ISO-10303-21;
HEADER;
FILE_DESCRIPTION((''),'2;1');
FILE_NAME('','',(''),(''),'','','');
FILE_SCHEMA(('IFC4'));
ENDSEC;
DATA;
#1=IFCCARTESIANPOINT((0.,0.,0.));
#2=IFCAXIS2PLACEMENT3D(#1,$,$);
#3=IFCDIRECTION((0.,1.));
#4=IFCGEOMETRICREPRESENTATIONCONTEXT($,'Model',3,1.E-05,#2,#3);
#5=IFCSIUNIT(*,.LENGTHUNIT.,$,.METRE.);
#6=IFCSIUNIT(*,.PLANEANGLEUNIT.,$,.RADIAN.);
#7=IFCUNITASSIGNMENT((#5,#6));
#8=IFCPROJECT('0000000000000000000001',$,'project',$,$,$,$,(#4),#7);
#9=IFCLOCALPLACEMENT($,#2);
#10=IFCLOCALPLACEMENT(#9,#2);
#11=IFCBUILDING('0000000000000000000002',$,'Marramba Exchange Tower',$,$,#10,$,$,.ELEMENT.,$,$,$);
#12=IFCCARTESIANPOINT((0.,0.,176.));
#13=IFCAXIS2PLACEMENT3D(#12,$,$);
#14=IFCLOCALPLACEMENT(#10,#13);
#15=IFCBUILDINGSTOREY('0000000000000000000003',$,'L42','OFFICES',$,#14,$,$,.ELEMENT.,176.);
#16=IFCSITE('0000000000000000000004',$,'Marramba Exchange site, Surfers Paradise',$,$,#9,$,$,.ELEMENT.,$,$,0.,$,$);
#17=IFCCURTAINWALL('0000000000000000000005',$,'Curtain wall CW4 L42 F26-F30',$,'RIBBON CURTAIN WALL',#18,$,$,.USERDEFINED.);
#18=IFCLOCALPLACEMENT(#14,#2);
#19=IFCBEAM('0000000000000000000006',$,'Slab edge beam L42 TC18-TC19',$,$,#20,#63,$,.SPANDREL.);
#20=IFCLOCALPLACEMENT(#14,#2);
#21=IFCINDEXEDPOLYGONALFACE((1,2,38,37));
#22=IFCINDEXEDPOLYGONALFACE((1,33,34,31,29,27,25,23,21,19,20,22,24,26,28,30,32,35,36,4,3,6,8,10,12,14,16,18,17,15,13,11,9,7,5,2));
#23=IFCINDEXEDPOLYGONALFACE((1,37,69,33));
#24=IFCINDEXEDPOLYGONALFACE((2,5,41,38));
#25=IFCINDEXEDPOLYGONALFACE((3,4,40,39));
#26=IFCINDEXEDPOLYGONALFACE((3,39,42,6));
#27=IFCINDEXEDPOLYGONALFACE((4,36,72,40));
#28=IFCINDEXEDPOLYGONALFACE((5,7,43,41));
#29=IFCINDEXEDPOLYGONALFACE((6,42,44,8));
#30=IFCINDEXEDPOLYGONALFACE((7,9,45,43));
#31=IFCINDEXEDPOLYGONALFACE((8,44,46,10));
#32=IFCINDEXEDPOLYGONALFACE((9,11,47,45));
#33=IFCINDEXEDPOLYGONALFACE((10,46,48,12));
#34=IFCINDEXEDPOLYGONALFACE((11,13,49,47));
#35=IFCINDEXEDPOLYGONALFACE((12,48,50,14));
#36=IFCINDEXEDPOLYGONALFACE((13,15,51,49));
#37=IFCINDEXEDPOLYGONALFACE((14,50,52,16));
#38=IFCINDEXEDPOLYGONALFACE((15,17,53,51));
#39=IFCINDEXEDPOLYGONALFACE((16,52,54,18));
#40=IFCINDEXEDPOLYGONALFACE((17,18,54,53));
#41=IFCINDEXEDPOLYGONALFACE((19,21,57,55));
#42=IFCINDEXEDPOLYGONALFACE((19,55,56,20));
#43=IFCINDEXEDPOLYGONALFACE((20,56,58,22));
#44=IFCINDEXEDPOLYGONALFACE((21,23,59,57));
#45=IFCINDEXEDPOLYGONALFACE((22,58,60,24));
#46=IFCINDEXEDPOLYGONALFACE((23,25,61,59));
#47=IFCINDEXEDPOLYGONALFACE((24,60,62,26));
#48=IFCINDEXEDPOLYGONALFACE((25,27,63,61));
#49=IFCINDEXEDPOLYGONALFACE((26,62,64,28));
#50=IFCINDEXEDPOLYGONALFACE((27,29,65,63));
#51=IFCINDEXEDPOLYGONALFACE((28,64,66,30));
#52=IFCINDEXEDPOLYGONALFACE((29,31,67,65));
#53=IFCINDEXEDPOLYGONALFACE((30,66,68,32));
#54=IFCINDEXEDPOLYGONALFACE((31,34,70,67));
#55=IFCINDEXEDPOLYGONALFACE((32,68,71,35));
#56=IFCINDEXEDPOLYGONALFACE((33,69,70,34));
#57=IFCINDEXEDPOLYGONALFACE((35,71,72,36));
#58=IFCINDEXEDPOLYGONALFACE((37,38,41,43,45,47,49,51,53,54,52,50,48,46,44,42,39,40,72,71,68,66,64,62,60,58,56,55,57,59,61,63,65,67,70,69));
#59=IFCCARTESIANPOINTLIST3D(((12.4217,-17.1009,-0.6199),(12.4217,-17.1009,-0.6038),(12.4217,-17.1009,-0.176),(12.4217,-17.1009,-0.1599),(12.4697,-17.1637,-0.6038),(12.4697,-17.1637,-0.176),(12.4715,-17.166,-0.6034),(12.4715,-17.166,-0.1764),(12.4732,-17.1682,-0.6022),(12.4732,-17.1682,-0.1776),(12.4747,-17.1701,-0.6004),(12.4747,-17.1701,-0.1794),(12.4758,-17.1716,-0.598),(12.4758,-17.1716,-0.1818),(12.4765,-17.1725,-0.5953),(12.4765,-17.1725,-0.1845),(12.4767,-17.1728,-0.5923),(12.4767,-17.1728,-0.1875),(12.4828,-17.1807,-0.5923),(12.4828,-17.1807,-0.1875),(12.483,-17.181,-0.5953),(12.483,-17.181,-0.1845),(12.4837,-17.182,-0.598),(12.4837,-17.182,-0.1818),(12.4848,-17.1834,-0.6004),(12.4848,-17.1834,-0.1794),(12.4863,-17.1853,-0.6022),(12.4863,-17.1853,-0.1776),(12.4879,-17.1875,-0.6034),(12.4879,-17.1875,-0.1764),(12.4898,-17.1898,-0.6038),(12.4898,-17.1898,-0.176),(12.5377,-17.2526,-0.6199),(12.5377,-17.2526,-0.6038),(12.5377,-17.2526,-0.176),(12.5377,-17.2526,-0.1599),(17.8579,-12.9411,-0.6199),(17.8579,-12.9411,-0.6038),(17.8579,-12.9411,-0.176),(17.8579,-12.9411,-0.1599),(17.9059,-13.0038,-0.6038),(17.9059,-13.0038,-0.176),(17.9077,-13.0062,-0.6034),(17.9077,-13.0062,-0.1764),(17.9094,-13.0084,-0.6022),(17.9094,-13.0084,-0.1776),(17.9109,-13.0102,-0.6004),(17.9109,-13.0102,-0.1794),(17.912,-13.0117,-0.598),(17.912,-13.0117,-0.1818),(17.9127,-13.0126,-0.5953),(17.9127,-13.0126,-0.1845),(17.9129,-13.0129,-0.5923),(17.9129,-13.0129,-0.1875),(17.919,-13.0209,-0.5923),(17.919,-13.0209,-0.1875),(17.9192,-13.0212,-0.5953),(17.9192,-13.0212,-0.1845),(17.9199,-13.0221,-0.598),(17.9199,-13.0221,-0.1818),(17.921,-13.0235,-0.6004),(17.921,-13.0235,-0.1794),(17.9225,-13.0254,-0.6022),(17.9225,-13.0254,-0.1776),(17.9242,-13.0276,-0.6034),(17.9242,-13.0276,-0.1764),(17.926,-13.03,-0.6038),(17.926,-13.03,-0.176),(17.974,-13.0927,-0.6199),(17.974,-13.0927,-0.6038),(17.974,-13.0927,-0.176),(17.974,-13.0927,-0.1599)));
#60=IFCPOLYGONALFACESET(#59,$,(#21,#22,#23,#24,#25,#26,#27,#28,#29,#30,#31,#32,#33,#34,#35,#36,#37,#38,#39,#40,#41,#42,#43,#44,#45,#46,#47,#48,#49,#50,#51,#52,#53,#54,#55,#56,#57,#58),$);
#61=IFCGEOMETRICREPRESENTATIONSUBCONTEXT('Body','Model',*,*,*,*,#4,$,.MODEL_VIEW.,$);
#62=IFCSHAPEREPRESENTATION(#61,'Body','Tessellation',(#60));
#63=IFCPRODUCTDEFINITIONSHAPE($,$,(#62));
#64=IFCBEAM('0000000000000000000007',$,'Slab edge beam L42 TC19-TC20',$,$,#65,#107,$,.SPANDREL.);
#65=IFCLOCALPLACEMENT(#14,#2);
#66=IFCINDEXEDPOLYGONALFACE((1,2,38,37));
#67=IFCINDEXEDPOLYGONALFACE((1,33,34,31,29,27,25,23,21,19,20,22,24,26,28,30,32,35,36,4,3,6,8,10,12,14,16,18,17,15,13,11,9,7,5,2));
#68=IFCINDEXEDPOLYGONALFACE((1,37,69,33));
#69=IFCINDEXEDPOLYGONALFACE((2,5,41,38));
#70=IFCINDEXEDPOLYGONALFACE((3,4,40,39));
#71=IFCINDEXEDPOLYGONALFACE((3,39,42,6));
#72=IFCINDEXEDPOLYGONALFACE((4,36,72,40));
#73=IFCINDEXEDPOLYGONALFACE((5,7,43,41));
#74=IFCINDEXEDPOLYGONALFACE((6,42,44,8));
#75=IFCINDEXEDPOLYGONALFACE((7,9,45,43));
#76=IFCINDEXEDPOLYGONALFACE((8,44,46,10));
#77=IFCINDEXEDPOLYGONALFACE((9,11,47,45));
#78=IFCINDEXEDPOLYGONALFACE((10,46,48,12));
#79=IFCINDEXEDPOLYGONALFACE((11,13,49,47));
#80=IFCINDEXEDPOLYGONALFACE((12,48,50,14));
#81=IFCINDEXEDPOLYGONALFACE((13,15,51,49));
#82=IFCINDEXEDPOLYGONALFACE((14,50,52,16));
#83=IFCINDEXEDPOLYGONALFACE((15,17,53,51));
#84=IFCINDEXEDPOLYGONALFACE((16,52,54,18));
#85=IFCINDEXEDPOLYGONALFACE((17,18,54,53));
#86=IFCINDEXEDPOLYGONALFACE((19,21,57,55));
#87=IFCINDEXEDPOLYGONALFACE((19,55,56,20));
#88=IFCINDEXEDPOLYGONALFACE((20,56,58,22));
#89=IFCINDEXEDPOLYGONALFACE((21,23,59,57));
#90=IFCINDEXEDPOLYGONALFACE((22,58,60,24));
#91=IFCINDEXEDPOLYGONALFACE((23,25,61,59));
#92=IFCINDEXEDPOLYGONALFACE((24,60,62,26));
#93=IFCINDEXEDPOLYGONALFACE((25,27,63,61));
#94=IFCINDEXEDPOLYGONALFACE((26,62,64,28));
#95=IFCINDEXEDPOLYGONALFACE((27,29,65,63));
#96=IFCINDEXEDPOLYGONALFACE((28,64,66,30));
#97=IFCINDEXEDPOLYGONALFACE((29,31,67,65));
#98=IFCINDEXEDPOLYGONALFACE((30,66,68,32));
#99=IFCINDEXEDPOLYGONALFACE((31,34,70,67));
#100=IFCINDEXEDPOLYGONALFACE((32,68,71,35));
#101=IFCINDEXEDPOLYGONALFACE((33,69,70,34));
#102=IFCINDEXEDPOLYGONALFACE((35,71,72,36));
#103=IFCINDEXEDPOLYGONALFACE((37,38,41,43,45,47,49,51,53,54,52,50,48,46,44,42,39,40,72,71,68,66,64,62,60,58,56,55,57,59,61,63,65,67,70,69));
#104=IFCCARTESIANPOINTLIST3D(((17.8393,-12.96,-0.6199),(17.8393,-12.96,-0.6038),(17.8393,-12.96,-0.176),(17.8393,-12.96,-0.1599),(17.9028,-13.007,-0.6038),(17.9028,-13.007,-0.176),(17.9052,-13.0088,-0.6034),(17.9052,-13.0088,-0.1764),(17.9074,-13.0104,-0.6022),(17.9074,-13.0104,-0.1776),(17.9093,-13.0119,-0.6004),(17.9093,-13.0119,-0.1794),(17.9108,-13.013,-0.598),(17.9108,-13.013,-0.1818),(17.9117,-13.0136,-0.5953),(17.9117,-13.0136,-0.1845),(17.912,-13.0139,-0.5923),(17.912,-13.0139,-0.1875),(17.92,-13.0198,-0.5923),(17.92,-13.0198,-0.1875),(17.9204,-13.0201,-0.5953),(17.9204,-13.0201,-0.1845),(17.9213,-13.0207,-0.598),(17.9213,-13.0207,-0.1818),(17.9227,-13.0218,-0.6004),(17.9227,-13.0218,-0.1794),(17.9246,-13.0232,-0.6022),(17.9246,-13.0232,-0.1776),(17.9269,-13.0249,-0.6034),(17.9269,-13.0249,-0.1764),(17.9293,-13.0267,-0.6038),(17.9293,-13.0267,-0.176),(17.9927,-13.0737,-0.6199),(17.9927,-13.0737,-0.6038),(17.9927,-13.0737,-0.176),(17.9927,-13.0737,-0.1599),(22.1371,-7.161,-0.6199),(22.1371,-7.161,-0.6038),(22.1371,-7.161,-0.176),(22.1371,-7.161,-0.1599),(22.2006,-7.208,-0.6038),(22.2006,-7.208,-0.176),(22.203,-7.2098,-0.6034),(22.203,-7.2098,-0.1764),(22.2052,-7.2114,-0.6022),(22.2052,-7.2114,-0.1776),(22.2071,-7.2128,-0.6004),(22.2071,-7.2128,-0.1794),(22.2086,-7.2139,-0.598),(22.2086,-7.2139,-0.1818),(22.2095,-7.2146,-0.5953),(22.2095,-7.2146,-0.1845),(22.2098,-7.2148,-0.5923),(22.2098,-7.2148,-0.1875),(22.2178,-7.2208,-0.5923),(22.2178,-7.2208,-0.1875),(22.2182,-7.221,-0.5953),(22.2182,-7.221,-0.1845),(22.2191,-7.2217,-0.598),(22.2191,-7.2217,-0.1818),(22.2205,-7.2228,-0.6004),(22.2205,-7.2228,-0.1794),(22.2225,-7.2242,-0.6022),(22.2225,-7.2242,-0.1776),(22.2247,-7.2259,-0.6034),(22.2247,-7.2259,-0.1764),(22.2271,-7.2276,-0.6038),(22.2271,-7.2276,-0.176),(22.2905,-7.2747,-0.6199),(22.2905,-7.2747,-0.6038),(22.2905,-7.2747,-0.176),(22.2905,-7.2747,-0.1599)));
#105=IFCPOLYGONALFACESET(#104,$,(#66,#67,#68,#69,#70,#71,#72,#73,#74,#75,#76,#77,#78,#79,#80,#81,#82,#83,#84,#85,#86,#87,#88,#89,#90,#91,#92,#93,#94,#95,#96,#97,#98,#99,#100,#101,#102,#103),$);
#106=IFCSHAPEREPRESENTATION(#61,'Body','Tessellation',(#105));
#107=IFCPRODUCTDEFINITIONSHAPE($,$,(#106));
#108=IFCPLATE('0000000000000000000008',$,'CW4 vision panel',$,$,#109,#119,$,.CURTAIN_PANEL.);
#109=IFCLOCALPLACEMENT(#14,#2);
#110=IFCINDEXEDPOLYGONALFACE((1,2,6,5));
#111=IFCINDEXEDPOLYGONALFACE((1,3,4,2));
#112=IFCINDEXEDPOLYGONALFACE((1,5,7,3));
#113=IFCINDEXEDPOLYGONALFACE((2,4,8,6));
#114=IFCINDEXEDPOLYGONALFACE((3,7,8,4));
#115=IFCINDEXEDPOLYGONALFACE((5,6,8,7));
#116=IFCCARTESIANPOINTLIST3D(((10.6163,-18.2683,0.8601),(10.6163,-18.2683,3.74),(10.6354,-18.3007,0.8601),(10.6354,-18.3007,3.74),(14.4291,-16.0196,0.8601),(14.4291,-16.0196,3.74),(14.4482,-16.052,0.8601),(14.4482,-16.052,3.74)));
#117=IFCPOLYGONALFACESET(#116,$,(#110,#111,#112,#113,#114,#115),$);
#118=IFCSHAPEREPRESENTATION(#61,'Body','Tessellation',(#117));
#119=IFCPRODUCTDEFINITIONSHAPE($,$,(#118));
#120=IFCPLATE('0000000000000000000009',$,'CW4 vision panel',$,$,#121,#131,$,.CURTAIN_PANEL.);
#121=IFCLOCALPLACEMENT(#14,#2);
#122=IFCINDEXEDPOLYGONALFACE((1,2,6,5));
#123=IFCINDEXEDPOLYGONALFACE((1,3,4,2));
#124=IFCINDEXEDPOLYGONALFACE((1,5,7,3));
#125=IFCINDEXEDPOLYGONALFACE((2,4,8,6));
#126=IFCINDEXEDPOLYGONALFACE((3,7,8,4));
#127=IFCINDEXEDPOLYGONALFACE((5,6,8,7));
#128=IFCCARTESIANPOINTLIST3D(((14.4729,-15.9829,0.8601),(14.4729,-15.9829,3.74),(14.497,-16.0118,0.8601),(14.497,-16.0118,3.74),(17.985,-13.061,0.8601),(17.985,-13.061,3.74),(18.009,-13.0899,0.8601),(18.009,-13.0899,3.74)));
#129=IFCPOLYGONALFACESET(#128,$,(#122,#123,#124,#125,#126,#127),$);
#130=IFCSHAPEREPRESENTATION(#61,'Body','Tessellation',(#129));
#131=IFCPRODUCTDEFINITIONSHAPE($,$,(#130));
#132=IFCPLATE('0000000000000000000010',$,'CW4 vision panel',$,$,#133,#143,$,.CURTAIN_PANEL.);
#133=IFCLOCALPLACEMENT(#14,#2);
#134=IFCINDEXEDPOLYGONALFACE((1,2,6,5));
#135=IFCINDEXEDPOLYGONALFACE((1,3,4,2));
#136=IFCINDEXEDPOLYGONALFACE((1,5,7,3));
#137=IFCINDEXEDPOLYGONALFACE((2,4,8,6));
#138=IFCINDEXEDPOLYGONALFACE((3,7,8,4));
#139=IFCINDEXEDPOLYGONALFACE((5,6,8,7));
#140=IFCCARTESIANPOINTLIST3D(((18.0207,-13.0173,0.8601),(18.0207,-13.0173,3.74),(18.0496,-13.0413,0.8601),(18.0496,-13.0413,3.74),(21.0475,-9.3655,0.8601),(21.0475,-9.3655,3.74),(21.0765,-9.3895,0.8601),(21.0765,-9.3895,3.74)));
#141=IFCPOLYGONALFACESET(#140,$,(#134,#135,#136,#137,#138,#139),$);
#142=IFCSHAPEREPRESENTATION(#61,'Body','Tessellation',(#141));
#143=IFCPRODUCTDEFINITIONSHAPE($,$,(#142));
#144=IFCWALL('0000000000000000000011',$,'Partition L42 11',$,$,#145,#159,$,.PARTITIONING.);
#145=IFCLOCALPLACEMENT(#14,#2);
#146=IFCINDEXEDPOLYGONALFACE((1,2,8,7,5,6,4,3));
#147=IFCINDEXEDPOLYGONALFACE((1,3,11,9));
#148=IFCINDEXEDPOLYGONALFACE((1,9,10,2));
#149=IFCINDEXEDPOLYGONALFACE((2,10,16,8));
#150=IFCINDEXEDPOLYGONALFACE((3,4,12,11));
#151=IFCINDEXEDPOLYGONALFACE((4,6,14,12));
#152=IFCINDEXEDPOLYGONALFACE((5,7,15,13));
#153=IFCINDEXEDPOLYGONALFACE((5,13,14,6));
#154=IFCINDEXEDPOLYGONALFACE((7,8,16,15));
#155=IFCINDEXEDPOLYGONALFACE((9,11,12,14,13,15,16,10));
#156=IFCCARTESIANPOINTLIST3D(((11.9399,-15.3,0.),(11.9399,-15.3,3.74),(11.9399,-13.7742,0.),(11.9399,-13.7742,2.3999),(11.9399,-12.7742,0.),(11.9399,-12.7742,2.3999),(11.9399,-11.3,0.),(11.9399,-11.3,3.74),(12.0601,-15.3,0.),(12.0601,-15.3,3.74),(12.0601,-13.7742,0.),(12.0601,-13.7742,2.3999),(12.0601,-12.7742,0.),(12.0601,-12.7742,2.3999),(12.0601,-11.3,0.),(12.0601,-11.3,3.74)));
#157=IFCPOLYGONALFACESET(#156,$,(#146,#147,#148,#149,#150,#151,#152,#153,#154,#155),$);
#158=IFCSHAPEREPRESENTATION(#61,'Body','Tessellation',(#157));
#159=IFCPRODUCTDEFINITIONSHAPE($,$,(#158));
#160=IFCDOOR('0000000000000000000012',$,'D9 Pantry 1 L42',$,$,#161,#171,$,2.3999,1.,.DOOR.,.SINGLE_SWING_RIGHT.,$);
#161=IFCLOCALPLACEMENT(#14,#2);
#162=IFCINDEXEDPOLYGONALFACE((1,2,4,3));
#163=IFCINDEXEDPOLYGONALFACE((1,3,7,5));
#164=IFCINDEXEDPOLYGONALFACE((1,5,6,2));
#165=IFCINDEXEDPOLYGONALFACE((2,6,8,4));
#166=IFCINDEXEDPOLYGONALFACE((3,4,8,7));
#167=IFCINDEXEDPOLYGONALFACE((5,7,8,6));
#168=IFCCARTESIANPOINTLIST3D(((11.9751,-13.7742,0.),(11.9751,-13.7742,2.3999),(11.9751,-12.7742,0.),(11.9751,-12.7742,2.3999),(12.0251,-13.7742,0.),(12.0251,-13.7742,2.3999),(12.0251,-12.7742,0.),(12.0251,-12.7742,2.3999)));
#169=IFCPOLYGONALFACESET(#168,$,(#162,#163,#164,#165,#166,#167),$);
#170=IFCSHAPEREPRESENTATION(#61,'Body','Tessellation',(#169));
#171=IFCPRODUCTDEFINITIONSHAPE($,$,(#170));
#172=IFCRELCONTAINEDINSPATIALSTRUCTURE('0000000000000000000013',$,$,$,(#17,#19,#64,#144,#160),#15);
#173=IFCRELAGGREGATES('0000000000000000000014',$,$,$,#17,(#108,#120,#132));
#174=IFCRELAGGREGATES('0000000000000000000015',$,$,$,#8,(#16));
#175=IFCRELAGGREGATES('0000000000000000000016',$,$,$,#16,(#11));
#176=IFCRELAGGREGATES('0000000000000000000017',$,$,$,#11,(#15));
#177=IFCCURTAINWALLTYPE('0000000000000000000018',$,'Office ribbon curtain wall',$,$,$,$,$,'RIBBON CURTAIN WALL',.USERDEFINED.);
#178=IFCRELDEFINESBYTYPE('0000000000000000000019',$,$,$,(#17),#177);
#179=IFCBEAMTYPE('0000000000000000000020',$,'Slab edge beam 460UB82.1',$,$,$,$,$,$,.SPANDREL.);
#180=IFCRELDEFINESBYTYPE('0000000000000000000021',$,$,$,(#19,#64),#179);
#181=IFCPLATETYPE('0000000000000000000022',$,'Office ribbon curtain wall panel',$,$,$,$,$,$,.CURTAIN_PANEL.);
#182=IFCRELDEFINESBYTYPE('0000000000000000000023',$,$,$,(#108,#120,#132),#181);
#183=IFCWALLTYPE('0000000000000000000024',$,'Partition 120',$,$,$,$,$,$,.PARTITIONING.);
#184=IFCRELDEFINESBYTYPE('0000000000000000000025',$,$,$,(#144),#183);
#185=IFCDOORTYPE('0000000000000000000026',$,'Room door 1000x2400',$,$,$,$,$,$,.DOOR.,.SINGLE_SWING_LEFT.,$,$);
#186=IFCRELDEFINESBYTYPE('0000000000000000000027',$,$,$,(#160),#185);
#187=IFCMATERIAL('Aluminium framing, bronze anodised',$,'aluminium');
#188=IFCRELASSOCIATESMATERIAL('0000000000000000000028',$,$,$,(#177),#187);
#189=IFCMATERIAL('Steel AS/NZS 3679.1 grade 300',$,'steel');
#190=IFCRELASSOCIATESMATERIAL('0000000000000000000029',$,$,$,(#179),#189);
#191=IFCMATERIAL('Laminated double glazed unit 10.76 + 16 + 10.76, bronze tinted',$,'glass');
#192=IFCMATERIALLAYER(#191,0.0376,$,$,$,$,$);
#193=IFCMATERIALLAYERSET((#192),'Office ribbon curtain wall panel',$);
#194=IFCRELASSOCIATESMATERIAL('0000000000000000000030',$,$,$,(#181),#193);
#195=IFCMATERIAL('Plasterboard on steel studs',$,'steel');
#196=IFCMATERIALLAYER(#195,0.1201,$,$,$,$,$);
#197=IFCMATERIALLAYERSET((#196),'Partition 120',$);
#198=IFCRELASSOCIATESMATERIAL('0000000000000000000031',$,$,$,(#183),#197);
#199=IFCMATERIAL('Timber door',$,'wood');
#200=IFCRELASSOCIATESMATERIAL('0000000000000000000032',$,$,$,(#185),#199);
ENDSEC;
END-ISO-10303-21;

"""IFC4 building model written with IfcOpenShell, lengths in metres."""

from ifc_helpers import new_model, si_unit, direction, frame, frame_2d, origin, origin_2d, place, context, subcontext, project, spatial, rectangle, i_section, extrude, material, layer, layer_set, material_profile, profile_set, type_object, element, fill, aggregate, save


model = new_model("IFC4")

# Units and contexts
model_context = context("Model", 3, precision=1e-05, world=origin(), true_north=direction((0.0, 1.0)))
body_context = subcontext(model_context, "Body", "Model", "MODEL_VIEW")
ifc_project = project(units=[si_unit("LENGTHUNIT", "METRE"), si_unit("PLANEANGLEUNIT", "RADIAN")], contexts=[model_context])

# Site, building, storey
site_placement = place(None, origin())
site = spatial("IfcSite", under=ifc_project, at=site_placement, Name="Marramba Exchange site, Surfers Paradise", CompositionType="ELEMENT", RefElevation=0.0)
building_placement = place(site_placement, origin())
building = spatial("IfcBuilding", under=site, at=building_placement, Name="Marramba Exchange Tower", CompositionType="ELEMENT")
storey_placement = place(building_placement, frame((0.0, 0.0, 176.0)))
storey = spatial("IfcBuildingStorey", under=building, at=storey_placement, Name="L42", Description="OFFICES", CompositionType="ELEMENT", Elevation=176.0)

# Curtain wall
ifc_material_1 = material(Name="Aluminium framing, bronze anodised", Category="aluminium")
curtain_wall_type = type_object("IfcCurtainWallType", Name="Office ribbon curtain wall", ElementType="RIBBON CURTAIN WALL", PredefinedType="USERDEFINED", material=ifc_material_1)
curtain_wall_placement = place(storey_placement, origin())
curtain_wall = element("IfcCurtainWall", 1, at=curtain_wall_placement, inside=storey, type_object=curtain_wall_type, Name="Curtain wall CW4 L42 F26-F30", ObjectType="RIBBON CURTAIN WALL", PredefinedType="USERDEFINED")

# Beams
ifc_material_2 = material(Name="Steel AS/NZS 3679.1 grade 300", Category="steel")
ifc_material_profile_1 = material_profile(ifc_material_2, i_section(OverallWidth=0.1909, OverallDepth=0.46, WebThickness=0.01, FlangeThickness=0.0161, FilletRadius=0.0115, at=origin_2d()), Name="460UB82.1")
ifc_profile_set_1 = profile_set([ifc_material_profile_1], Name="Steel AS/NZS 3679.1 grade 300")
beam_type_1 = type_object("IfcBeamType", Name="Slab edge beam 460UB82.1", PredefinedType="SPANDREL", material=ifc_profile_set_1)
beam_1_placement = place(storey_placement, frame((12.4797, -17.1768, -0.3899), z_axis=(0.794163, 0.607704, 0.0), x_axis=(-0.607704, 0.794163, 0.0)))
element("IfcBeam", 2, at=beam_1_placement, inside=storey, type_object=beam_type_1, Name="Slab edge beam L42 TC18-TC19", PredefinedType="SPANDREL", context=body_context, shape_type="SweptSolid", body=[
    extrude(i_section(OverallWidth=0.1909, OverallDepth=0.46, WebThickness=0.01, FlangeThickness=0.0161, FilletRadius=0.0115, at=origin_2d()), origin(), (0.0, 0.0, 1.0), 6.8452),
])
beam_2_placement = place(storey_placement, frame((17.916, -13.0168, -0.3899), z_axis=(0.595428, 0.803409, 0.0), x_axis=(-0.803409, 0.595428, 0.0)))
element("IfcBeam", 3, at=beam_2_placement, inside=storey, type_object=beam_type_1, Name="Slab edge beam L42 TC19-TC20", PredefinedType="SPANDREL", context=body_context, shape_type="SweptSolid", body=[
    extrude(i_section(OverallWidth=0.1909, OverallDepth=0.46, WebThickness=0.01, FlangeThickness=0.0161, FilletRadius=0.0115, at=origin_2d()), origin(), (0.0, 0.0, 1.0), 7.218),
])

# Plates
ifc_material_3 = material(Name="Laminated double glazed unit 10.76 + 16 + 10.76, bronze tinted", Category="glass")
ifc_layer_1 = layer(ifc_material_3, 0.0376)
ifc_layer_set_1 = layer_set([ifc_layer_1], Name="Office ribbon curtain wall panel")
plate_type = type_object("IfcPlateType", Name="Office ribbon curtain wall panel", PredefinedType="CURTAIN_PANEL", material=ifc_layer_set_1)
plate_1_placement = place(storey_placement, frame((12.5322, -17.1602, 0.8601), z_axis=(0.0, 0.0, 1.0), x_axis=(0.861351, 0.508011, 0.0)))
plate_1 = element("IfcPlate", 4, at=plate_1_placement, type_object=plate_type, Name="CW4 vision panel", PredefinedType="CURTAIN_PANEL", context=body_context, shape_type="SweptSolid", body=[
    extrude(rectangle(XDim=4.4265, YDim=0.0376, at=origin_2d()), origin(), (0.0, 0.0, 1.0), 2.8799),
])
plate_2_placement = place(storey_placement, frame((16.241, -14.5364, 0.8601), z_axis=(0.0, 0.0, 1.0), x_axis=(0.768737, 0.639565, 0.0)))
plate_2 = element("IfcPlate", 5, at=plate_2_placement, type_object=plate_type, Name="CW4 vision panel", PredefinedType="CURTAIN_PANEL", context=body_context, shape_type="SweptSolid", body=[
    extrude(rectangle(XDim=4.5686, YDim=0.0376, at=origin_2d()), origin(), (0.0, 0.0, 1.0), 2.8799),
])
plate_3_placement = place(storey_placement, frame((19.5486, -11.2034, 0.8601), z_axis=(0.0, 0.0, 1.0), x_axis=(0.63815, 0.769912, 0.0)))
plate_3 = element("IfcPlate", 6, at=plate_3_placement, type_object=plate_type, Name="CW4 vision panel", PredefinedType="CURTAIN_PANEL", context=body_context, shape_type="SweptSolid", body=[
    extrude(rectangle(XDim=4.7432, YDim=0.0376, at=origin_2d()), origin(), (0.0, 0.0, 1.0), 2.8799),
])
aggregate(curtain_wall, [plate_1, plate_2, plate_3])

# Wall, opening, door
ifc_material_4 = material(Name="Plasterboard on steel studs", Category="steel")
ifc_layer_2 = layer(ifc_material_4, 0.1201)
ifc_layer_set_2 = layer_set([ifc_layer_2], Name="Partition 120")
wall_type_1 = type_object("IfcWallType", Name="Partition 120", PredefinedType="PARTITIONING", material=ifc_layer_set_2)
wall_1_placement = place(storey_placement, frame((12.0, -15.3, 0.0), z_axis=(0.0, 0.0, 1.0), x_axis=(0.0, 1.0, 0.0)))
wall_1 = element("IfcWall", 7, at=wall_1_placement, inside=storey, type_object=wall_type_1, Name="Partition L42 11", PredefinedType="PARTITIONING", context=body_context, shape_type="SweptSolid", body=[
    extrude(rectangle(XDim=4.0, YDim=0.1201, at=frame_2d((2.0, 0.0))), origin(), (0.0, 0.0, 1.0), 3.74),
])
opening_1_placement = place(wall_1_placement, frame((1.5259, 0.0, 0.0)))
opening_1 = element("IfcOpeningElement", 8, at=opening_1_placement, cuts=wall_1, PredefinedType="OPENING", context=body_context, shape_type="SweptSolid", body=[
    extrude(rectangle(XDim=1.0, YDim=2.3999, at=frame_2d((0.5, 1.2))), frame((0.0, 0.0701, 0.0), z_axis=(0.0, -1.0, 0.0), x_axis=(1.0, 0.0, 0.0)), (0.0, 0.0, 1.0), 0.1401),
])
ifc_material_5 = material(Name="Timber door", Category="wood")
door_type_1 = type_object("IfcDoorType", Name="Room door 1000x2400", OperationType="SINGLE_SWING_LEFT", PredefinedType="DOOR", material=ifc_material_5)
door_1_placement = place(opening_1_placement, origin())
door_1 = element("IfcDoor", 9, at=door_1_placement, inside=storey, type_object=door_type_1, Name="D9 Pantry 1 L42", OperationType="SINGLE_SWING_RIGHT", OverallHeight=2.3999, OverallWidth=1.0, PredefinedType="DOOR", context=body_context, shape_type="SweptSolid", body=[
    extrude(rectangle(XDim=1.0, YDim=2.3999, at=frame_2d((0.5, 1.2))), frame((0.0, 0.0249, 0.0), z_axis=(0.0, -1.0, 0.0), x_axis=(1.0, 0.0, 0.0)), (0.0, 0.0, 1.0), 0.05),
])
fill(opening_1, door_1)

save(model, "model.ifc")
